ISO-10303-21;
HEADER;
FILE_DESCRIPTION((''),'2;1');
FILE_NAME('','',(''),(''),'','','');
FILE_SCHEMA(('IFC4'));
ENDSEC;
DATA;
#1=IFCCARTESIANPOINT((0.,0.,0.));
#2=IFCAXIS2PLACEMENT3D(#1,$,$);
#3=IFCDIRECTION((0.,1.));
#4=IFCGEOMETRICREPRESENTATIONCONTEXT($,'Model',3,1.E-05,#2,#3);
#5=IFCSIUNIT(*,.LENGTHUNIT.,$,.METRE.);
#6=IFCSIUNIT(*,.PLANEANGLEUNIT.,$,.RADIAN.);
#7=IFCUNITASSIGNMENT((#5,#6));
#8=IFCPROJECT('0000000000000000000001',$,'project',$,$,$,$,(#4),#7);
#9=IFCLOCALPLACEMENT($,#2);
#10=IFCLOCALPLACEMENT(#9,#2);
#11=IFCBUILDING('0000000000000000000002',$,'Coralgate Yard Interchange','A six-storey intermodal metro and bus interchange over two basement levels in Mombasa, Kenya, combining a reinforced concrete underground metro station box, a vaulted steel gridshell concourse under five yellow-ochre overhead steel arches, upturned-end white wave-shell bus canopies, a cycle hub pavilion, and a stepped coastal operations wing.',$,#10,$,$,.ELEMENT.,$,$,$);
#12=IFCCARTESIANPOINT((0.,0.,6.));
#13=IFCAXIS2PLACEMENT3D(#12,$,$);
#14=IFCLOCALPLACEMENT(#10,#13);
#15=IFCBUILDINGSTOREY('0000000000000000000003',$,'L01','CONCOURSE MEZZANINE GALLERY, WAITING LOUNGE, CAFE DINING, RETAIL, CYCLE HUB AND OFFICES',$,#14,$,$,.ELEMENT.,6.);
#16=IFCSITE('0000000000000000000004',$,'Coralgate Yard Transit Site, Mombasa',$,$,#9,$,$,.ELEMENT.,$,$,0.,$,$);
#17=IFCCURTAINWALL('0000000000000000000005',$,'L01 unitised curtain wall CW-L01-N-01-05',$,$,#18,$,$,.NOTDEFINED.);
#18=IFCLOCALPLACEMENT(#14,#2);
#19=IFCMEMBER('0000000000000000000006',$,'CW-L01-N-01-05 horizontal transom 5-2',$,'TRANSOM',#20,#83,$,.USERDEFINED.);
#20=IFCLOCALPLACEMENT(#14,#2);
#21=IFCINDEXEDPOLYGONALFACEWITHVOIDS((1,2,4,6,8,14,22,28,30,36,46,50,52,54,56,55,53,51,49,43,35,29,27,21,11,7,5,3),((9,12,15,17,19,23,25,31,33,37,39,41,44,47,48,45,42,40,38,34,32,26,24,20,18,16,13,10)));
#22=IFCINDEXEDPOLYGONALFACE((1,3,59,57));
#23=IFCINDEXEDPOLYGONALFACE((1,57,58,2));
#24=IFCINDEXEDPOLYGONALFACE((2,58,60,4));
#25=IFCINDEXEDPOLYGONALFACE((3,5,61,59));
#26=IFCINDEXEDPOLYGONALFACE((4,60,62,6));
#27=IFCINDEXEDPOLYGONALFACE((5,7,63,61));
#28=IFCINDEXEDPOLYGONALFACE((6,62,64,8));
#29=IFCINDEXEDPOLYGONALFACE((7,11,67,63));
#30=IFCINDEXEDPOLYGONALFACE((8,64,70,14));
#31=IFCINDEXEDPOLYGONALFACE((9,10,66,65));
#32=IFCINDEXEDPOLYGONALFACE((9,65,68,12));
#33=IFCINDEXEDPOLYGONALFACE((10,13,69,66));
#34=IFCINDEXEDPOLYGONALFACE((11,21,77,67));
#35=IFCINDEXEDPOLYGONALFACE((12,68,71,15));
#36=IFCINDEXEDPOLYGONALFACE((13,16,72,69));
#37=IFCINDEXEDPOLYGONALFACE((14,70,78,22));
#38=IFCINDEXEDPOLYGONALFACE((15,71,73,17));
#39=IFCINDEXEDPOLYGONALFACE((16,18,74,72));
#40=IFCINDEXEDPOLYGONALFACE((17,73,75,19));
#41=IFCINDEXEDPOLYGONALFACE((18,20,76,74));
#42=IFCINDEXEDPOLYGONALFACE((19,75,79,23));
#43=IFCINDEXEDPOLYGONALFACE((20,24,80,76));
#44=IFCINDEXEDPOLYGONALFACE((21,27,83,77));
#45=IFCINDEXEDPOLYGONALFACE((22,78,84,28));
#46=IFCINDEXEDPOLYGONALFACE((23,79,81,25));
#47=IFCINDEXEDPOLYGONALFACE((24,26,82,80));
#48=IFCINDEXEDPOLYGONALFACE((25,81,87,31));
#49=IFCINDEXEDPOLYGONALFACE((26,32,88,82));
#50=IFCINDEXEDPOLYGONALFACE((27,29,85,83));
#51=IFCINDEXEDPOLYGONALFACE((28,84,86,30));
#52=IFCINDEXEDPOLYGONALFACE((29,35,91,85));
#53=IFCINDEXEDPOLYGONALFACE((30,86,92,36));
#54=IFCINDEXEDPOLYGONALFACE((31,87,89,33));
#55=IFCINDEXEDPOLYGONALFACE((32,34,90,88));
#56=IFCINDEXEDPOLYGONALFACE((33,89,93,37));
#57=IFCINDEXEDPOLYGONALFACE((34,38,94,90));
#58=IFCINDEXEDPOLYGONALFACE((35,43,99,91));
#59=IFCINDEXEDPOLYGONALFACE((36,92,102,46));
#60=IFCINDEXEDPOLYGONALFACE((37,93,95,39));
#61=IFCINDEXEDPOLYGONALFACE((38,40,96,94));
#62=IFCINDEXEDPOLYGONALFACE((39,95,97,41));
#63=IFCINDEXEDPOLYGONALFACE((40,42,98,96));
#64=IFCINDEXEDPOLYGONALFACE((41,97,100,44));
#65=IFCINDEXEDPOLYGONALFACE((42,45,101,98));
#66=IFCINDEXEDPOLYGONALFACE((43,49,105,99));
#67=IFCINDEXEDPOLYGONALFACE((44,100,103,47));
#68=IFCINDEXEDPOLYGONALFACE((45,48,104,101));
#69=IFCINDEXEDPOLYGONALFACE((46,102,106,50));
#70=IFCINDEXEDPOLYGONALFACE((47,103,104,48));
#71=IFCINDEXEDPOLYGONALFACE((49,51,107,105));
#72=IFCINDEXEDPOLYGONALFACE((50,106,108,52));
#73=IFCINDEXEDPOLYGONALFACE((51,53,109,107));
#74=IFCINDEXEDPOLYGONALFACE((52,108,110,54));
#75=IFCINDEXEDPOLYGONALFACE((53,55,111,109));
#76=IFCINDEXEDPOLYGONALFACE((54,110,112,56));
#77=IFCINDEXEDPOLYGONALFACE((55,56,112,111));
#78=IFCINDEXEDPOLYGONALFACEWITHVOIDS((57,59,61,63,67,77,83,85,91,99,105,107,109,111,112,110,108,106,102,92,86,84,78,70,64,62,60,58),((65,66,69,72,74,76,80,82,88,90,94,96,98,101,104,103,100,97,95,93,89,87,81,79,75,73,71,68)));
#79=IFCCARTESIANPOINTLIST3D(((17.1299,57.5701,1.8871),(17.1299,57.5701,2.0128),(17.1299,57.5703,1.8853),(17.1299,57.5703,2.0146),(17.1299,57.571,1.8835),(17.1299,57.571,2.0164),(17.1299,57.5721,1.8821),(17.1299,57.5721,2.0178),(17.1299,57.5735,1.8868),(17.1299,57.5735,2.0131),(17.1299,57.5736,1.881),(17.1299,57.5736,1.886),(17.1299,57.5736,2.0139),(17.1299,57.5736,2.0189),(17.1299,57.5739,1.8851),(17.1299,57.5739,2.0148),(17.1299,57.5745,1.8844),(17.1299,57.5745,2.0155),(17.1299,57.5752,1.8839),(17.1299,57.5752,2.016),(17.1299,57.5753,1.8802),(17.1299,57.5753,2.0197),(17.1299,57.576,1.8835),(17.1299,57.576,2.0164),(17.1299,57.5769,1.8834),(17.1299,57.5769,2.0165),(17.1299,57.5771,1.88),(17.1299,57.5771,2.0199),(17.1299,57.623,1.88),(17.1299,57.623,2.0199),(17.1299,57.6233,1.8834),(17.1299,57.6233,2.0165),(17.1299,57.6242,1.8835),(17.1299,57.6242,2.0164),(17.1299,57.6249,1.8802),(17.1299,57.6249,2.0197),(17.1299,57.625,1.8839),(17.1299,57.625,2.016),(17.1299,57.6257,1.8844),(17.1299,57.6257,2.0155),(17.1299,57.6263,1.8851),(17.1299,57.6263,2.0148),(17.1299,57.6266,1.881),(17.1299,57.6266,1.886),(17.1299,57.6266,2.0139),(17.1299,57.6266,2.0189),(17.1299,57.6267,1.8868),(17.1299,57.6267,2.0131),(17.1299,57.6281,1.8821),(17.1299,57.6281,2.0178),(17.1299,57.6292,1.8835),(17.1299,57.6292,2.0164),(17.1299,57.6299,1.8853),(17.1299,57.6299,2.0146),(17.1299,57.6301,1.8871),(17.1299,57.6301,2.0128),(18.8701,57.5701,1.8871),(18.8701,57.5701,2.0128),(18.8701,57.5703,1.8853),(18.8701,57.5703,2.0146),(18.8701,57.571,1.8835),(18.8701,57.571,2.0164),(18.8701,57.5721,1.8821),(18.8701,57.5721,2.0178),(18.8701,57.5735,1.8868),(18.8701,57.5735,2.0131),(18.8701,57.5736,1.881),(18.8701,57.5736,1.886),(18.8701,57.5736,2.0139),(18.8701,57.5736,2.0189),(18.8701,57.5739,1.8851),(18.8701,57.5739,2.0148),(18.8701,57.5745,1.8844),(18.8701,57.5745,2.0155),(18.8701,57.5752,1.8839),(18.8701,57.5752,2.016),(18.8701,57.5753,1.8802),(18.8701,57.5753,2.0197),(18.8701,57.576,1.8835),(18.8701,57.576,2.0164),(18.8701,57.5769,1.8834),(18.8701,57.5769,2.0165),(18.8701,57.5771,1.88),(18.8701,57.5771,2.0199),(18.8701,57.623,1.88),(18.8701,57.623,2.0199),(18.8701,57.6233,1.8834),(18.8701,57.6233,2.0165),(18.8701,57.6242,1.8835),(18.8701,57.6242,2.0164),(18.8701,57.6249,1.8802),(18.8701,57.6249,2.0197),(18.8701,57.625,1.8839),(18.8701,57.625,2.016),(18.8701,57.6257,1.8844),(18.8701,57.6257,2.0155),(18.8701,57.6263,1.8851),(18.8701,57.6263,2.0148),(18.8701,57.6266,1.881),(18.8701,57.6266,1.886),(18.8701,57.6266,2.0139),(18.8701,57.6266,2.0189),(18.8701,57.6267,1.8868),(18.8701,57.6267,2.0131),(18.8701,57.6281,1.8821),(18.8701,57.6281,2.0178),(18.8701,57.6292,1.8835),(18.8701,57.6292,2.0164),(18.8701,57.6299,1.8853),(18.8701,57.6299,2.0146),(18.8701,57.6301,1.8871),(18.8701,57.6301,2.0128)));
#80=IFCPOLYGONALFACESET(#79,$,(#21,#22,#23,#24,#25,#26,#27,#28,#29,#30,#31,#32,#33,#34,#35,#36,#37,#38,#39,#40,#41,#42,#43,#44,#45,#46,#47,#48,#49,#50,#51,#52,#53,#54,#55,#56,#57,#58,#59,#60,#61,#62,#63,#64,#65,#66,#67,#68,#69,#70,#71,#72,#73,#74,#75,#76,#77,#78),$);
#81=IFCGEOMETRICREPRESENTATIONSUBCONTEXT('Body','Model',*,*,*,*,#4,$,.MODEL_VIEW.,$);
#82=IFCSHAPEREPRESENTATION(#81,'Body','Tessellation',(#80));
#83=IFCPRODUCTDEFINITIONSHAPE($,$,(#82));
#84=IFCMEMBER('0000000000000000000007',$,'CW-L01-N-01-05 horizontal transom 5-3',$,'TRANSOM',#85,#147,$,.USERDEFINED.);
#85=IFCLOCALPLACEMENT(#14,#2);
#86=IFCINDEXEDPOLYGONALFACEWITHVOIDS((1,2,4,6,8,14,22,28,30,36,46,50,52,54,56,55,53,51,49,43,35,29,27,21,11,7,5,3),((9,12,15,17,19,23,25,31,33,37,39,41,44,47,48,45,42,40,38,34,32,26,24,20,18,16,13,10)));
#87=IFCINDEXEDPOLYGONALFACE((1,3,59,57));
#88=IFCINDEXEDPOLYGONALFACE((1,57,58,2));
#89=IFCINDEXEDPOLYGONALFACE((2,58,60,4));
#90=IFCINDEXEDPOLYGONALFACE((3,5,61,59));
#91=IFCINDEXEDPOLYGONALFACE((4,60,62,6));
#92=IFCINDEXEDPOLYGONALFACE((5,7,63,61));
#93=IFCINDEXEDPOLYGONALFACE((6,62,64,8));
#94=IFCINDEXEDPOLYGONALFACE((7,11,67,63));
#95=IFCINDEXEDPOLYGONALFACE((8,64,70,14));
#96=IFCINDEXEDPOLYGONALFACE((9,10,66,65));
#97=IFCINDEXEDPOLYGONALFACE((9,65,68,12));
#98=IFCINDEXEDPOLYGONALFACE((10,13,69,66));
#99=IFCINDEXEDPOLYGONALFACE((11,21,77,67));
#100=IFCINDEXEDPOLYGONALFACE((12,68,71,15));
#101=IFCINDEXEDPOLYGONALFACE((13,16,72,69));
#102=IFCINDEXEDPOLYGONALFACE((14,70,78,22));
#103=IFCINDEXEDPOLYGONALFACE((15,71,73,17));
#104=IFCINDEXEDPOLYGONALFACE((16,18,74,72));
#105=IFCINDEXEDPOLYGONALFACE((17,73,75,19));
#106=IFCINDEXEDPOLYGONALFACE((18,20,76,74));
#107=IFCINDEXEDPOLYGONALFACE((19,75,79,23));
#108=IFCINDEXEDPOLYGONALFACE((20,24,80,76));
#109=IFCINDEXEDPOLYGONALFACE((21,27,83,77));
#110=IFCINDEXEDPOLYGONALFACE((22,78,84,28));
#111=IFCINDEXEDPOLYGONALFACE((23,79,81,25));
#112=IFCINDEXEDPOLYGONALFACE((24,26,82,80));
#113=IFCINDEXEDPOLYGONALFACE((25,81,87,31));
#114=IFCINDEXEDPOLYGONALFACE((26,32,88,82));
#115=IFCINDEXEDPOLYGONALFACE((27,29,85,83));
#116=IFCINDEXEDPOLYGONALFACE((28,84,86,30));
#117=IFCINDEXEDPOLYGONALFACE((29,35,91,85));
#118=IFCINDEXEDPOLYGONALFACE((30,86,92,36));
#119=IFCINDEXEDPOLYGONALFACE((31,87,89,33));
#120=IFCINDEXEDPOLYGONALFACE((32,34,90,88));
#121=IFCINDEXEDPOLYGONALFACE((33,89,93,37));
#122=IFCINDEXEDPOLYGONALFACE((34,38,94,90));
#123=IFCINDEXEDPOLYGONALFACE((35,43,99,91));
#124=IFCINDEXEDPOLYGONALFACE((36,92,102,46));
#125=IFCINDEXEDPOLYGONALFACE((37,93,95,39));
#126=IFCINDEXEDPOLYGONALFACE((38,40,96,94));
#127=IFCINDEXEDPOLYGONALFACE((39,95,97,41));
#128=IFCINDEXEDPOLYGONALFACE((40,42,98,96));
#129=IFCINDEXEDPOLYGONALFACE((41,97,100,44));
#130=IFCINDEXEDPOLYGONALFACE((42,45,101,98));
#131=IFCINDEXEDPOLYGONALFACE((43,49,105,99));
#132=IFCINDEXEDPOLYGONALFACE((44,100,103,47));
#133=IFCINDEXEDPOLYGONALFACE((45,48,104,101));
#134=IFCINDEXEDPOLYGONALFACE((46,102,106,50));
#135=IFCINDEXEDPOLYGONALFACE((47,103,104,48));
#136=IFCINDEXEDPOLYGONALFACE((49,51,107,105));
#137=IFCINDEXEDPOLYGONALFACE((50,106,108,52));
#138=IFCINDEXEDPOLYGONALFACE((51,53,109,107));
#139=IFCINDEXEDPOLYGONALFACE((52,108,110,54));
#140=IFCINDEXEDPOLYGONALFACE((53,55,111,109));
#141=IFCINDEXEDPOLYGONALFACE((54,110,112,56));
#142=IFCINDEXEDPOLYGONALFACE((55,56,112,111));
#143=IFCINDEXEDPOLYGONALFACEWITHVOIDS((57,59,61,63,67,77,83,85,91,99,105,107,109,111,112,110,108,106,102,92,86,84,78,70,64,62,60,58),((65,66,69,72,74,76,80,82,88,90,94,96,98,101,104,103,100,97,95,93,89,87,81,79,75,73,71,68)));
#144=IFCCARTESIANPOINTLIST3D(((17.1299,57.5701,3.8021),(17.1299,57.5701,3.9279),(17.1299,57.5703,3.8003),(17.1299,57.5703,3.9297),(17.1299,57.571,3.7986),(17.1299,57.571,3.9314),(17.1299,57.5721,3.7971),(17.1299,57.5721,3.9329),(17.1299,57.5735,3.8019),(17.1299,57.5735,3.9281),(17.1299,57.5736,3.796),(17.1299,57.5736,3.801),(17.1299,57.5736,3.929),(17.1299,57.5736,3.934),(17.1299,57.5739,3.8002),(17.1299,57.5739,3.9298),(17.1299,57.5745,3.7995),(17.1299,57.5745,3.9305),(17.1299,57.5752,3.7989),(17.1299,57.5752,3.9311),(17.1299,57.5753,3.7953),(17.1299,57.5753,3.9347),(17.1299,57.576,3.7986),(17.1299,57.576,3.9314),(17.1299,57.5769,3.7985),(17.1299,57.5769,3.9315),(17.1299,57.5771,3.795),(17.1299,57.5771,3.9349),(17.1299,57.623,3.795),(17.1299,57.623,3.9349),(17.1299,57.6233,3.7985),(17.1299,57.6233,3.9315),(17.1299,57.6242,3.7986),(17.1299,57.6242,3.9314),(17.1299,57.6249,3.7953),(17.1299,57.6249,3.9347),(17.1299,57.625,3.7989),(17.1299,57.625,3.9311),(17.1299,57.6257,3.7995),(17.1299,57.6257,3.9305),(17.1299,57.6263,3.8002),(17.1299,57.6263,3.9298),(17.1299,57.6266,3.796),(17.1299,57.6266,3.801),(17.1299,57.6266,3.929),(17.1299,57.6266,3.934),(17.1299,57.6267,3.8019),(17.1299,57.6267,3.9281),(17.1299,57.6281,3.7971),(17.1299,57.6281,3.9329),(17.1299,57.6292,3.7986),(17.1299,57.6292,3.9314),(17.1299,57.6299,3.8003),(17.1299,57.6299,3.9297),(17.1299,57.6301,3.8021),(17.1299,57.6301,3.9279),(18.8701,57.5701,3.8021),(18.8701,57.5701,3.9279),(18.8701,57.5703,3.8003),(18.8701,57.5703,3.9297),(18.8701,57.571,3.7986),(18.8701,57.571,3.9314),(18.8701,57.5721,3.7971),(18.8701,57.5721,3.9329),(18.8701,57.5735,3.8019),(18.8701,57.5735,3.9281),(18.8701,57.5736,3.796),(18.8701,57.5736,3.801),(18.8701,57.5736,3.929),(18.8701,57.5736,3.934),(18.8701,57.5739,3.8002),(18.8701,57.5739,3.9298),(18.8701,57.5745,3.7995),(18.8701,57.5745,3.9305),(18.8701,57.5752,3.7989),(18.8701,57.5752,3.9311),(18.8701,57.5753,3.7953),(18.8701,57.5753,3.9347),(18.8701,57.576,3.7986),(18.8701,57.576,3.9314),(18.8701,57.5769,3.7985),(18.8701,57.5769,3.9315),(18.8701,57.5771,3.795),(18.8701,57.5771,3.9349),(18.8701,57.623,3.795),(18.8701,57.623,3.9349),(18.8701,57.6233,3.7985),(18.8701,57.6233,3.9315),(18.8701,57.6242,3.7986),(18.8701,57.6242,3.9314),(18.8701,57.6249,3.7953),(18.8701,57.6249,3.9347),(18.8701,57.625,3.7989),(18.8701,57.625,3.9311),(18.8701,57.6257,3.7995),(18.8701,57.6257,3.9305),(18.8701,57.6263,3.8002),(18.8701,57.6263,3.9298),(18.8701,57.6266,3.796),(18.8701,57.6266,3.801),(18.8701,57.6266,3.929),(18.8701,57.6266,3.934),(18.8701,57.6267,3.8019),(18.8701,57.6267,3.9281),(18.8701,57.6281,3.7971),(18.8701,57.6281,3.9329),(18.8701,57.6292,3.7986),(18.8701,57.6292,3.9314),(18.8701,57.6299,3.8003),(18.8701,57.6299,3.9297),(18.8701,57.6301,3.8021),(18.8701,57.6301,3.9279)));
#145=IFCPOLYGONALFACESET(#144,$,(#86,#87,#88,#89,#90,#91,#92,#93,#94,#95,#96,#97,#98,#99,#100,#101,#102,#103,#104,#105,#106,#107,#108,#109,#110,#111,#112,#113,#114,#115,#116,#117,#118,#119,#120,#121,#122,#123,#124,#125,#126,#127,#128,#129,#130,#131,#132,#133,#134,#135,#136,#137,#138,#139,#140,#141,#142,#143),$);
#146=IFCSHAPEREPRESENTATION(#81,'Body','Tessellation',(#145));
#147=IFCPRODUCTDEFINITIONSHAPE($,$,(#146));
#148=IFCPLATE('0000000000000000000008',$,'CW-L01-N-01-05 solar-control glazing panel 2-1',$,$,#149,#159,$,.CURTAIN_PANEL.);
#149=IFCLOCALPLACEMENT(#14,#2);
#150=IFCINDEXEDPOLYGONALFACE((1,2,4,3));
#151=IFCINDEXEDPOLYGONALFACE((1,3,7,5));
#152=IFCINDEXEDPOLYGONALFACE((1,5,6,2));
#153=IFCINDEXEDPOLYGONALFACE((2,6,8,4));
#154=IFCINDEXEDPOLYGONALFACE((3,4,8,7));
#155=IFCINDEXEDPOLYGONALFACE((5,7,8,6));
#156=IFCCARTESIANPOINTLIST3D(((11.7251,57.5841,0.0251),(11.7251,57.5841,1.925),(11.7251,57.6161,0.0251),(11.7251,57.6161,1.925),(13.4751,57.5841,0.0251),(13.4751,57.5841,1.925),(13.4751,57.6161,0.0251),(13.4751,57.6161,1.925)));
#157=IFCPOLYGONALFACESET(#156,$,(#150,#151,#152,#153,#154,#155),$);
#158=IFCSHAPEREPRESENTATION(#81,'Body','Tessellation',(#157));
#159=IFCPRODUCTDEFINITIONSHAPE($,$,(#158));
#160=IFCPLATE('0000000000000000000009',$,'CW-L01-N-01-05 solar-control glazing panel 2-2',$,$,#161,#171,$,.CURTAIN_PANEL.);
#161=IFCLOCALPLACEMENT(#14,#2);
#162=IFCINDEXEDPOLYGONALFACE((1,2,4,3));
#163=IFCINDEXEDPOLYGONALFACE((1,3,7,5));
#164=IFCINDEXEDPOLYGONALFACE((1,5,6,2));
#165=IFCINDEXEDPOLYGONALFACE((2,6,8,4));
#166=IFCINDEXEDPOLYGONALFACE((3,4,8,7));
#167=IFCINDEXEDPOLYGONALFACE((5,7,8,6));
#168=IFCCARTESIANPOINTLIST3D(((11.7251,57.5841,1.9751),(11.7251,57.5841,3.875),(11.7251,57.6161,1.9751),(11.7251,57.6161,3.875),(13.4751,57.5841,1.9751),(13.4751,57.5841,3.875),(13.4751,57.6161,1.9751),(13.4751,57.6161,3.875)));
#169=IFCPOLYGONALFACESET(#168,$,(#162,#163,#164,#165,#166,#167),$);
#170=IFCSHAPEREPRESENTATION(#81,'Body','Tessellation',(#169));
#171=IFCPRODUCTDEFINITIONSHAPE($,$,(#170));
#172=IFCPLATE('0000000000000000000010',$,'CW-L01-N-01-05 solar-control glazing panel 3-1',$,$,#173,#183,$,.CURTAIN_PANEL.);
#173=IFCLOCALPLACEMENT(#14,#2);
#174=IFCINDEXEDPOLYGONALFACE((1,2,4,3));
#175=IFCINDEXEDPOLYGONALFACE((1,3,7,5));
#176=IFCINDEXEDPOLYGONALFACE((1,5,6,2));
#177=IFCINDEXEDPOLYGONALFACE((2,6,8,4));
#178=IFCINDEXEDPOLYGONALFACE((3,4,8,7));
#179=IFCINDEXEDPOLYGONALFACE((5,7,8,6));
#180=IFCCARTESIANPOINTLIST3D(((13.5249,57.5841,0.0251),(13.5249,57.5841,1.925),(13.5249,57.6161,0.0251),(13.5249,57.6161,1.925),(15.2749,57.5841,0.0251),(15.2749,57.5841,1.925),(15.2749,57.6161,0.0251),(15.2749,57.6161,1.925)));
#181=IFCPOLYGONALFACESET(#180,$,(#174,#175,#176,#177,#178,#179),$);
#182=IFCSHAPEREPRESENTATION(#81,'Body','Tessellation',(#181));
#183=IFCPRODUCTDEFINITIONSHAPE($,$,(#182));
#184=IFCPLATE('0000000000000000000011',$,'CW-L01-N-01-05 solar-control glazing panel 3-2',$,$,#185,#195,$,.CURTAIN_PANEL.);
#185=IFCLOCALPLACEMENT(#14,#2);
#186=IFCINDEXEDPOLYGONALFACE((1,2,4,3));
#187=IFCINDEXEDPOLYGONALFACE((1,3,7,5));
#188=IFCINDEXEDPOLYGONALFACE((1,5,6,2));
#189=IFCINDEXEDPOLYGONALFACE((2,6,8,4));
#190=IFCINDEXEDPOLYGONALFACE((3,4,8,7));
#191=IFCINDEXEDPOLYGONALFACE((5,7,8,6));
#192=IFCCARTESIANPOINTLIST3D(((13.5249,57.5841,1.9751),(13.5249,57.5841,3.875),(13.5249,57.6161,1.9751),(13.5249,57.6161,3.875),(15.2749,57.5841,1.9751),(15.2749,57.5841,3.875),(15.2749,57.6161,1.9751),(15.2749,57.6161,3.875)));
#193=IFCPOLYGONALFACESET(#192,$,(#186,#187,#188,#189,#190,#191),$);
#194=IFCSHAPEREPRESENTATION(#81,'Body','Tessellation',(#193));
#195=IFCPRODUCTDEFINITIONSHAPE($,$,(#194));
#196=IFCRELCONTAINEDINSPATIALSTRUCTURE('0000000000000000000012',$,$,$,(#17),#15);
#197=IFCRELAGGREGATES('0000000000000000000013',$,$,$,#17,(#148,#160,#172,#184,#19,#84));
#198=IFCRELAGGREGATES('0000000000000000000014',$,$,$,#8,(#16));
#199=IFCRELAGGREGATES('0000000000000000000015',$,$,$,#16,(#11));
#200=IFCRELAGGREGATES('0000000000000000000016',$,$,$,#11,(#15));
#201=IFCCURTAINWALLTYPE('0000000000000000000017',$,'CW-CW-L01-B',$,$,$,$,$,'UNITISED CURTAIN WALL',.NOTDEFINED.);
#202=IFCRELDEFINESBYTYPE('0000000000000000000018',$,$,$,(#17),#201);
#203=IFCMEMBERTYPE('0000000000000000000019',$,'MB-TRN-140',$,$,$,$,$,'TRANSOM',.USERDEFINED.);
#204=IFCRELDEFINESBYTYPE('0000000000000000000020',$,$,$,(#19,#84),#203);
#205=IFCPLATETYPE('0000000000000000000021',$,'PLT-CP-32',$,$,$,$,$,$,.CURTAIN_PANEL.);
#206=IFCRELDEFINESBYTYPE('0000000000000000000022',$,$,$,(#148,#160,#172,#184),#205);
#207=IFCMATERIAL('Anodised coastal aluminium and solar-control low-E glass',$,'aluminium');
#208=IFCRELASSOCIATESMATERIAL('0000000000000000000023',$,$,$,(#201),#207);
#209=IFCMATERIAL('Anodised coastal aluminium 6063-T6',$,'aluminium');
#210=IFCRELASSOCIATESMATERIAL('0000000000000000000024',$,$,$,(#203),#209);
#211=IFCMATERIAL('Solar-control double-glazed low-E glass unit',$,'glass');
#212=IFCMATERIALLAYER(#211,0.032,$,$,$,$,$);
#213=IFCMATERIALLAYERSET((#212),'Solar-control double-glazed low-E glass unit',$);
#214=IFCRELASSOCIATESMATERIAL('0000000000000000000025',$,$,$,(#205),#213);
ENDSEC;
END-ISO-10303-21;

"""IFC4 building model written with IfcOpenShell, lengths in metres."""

from ifc_helpers import new_model, si_unit, direction, frame, origin, origin_2d, place, context, subcontext, project, spatial, rectangle, hollow_rectangle, extrude, material, layer, layer_set, material_profile, profile_set, type_object, element, aggregate, save


model = new_model("IFC4")

# Units and contexts
model_context = context("Model", 3, precision=1e-05, world=origin(), true_north=direction((0.0, 1.0)))
body_context = subcontext(model_context, "Body", "Model", "MODEL_VIEW")
ifc_project = project(units=[si_unit("LENGTHUNIT", "METRE"), si_unit("PLANEANGLEUNIT", "RADIAN")], contexts=[model_context])

# Site, building, storey
site_placement = place(None, origin())
site = spatial("IfcSite", under=ifc_project, at=site_placement, Name="Coralgate Yard Transit Site, Mombasa", CompositionType="ELEMENT", RefElevation=0.0)
building_placement = place(site_placement, origin())
building = spatial("IfcBuilding", under=site, at=building_placement, Name="Coralgate Yard Interchange", Description="A six-storey intermodal metro and bus interchange over two basement levels in Mombasa, Kenya, combining a reinforced concrete underground metro station box, a vaulted steel gridshell concourse under five yellow-ochre overhead steel arches, upturned-end white wave-shell bus canopies, a cycle hub pavilion, and a stepped coastal operations wing.", CompositionType="ELEMENT")
storey_placement = place(building_placement, frame((0.0, 0.0, 6.0)))
storey = spatial("IfcBuildingStorey", under=building, at=storey_placement, Name="L01", Description="CONCOURSE MEZZANINE GALLERY, WAITING LOUNGE, CAFE DINING, RETAIL, CYCLE HUB AND OFFICES", CompositionType="ELEMENT", Elevation=6.0)

# Curtain wall, members, plates
ifc_material_1 = material(Name="Anodised coastal aluminium and solar-control low-E glass", Category="aluminium")
curtain_wall_type = type_object("IfcCurtainWallType", Name="CW-CW-L01-B", ElementType="UNITISED CURTAIN WALL", PredefinedType="NOTDEFINED", material=ifc_material_1)
curtain_wall_placement = place(storey_placement, origin())
curtain_wall = element("IfcCurtainWall", 1, at=curtain_wall_placement, inside=storey, type_object=curtain_wall_type, Name="L01 unitised curtain wall CW-L01-N-01-05", PredefinedType="NOTDEFINED")
ifc_material_2 = material(Name="Anodised coastal aluminium 6063-T6", Category="aluminium")
ifc_material_profile_1 = material_profile(ifc_material_2, hollow_rectangle(XDim=0.0601, YDim=0.1399, WallThickness=0.0034, InnerFilletRadius=0.0034, OuterFilletRadius=0.0071, at=origin_2d()), Name="ALU 60x140x3.5")
ifc_profile_set_1 = profile_set([ifc_material_profile_1], Name="Anodised coastal aluminium 6063-T6")
member_type_1 = type_object("IfcMemberType", Name="MB-TRN-140", ElementType="TRANSOM", PredefinedType="USERDEFINED", material=ifc_profile_set_1)
member_1_placement = place(storey_placement, frame((17.1299, 57.6001, 1.95), z_axis=(1.0, 0.0, 0.0), x_axis=(0.0, 1.0, 0.0)))
member_1 = element("IfcMember", 2, at=member_1_placement, type_object=member_type_1, Name="CW-L01-N-01-05 horizontal transom 5-2", ObjectType="TRANSOM", PredefinedType="USERDEFINED", context=body_context, shape_type="SweptSolid", body=[
    extrude(hollow_rectangle(XDim=0.0601, YDim=0.1399, WallThickness=0.0034, InnerFilletRadius=0.0034, OuterFilletRadius=0.0071, at=origin_2d()), origin(), (0.0, 0.0, 1.0), 1.7402),
])
member_2_placement = place(storey_placement, frame((17.1299, 57.6001, 3.865), z_axis=(1.0, 0.0, 0.0), x_axis=(0.0, 1.0, 0.0)))
member_2 = element("IfcMember", 3, at=member_2_placement, type_object=member_type_1, Name="CW-L01-N-01-05 horizontal transom 5-3", ObjectType="TRANSOM", PredefinedType="USERDEFINED", context=body_context, shape_type="SweptSolid", body=[
    extrude(hollow_rectangle(XDim=0.0601, YDim=0.1399, WallThickness=0.0034, InnerFilletRadius=0.0034, OuterFilletRadius=0.0071, at=origin_2d()), origin(), (0.0, 0.0, 1.0), 1.7402),
])
ifc_material_3 = material(Name="Solar-control double-glazed low-E glass unit", Category="glass")
ifc_layer = layer(ifc_material_3, 0.032)
ifc_layer_set = layer_set([ifc_layer], Name="Solar-control double-glazed low-E glass unit")
plate_type = type_object("IfcPlateType", Name="PLT-CP-32", PredefinedType="CURTAIN_PANEL", material=ifc_layer_set)
plate_1_placement = place(storey_placement, frame((12.6001, 57.6001, 0.0251), z_axis=(0.0, 0.0, 1.0), x_axis=(1.0, 0.0, 0.0)))
plate_1 = element("IfcPlate", 4, at=plate_1_placement, type_object=plate_type, Name="CW-L01-N-01-05 solar-control glazing panel 2-1", PredefinedType="CURTAIN_PANEL", context=body_context, shape_type="SweptSolid", body=[
    extrude(rectangle(XDim=1.75, YDim=0.032, at=origin_2d()), origin(), (0.0, 0.0, 1.0), 1.8999),
])
plate_2_placement = place(storey_placement, frame((12.6001, 57.6001, 1.9751), z_axis=(0.0, 0.0, 1.0), x_axis=(1.0, 0.0, 0.0)))
plate_2 = element("IfcPlate", 5, at=plate_2_placement, type_object=plate_type, Name="CW-L01-N-01-05 solar-control glazing panel 2-2", PredefinedType="CURTAIN_PANEL", context=body_context, shape_type="SweptSolid", body=[
    extrude(rectangle(XDim=1.75, YDim=0.032, at=origin_2d()), origin(), (0.0, 0.0, 1.0), 1.8999),
])
plate_3_placement = place(storey_placement, frame((14.3999, 57.6001, 0.0251), z_axis=(0.0, 0.0, 1.0), x_axis=(1.0, 0.0, 0.0)))
plate_3 = element("IfcPlate", 6, at=plate_3_placement, type_object=plate_type, Name="CW-L01-N-01-05 solar-control glazing panel 3-1", PredefinedType="CURTAIN_PANEL", context=body_context, shape_type="SweptSolid", body=[
    extrude(rectangle(XDim=1.75, YDim=0.032, at=origin_2d()), origin(), (0.0, 0.0, 1.0), 1.8999),
])
plate_4_placement = place(storey_placement, frame((14.3999, 57.6001, 1.9751), z_axis=(0.0, 0.0, 1.0), x_axis=(1.0, 0.0, 0.0)))
plate_4 = element("IfcPlate", 7, at=plate_4_placement, type_object=plate_type, Name="CW-L01-N-01-05 solar-control glazing panel 3-2", PredefinedType="CURTAIN_PANEL", context=body_context, shape_type="SweptSolid", body=[
    extrude(rectangle(XDim=1.75, YDim=0.032, at=origin_2d()), origin(), (0.0, 0.0, 1.0), 1.8999),
])
aggregate(curtain_wall, [plate_1, plate_2, plate_3, plate_4, member_1, member_2])

save(model, "model.ifc")
